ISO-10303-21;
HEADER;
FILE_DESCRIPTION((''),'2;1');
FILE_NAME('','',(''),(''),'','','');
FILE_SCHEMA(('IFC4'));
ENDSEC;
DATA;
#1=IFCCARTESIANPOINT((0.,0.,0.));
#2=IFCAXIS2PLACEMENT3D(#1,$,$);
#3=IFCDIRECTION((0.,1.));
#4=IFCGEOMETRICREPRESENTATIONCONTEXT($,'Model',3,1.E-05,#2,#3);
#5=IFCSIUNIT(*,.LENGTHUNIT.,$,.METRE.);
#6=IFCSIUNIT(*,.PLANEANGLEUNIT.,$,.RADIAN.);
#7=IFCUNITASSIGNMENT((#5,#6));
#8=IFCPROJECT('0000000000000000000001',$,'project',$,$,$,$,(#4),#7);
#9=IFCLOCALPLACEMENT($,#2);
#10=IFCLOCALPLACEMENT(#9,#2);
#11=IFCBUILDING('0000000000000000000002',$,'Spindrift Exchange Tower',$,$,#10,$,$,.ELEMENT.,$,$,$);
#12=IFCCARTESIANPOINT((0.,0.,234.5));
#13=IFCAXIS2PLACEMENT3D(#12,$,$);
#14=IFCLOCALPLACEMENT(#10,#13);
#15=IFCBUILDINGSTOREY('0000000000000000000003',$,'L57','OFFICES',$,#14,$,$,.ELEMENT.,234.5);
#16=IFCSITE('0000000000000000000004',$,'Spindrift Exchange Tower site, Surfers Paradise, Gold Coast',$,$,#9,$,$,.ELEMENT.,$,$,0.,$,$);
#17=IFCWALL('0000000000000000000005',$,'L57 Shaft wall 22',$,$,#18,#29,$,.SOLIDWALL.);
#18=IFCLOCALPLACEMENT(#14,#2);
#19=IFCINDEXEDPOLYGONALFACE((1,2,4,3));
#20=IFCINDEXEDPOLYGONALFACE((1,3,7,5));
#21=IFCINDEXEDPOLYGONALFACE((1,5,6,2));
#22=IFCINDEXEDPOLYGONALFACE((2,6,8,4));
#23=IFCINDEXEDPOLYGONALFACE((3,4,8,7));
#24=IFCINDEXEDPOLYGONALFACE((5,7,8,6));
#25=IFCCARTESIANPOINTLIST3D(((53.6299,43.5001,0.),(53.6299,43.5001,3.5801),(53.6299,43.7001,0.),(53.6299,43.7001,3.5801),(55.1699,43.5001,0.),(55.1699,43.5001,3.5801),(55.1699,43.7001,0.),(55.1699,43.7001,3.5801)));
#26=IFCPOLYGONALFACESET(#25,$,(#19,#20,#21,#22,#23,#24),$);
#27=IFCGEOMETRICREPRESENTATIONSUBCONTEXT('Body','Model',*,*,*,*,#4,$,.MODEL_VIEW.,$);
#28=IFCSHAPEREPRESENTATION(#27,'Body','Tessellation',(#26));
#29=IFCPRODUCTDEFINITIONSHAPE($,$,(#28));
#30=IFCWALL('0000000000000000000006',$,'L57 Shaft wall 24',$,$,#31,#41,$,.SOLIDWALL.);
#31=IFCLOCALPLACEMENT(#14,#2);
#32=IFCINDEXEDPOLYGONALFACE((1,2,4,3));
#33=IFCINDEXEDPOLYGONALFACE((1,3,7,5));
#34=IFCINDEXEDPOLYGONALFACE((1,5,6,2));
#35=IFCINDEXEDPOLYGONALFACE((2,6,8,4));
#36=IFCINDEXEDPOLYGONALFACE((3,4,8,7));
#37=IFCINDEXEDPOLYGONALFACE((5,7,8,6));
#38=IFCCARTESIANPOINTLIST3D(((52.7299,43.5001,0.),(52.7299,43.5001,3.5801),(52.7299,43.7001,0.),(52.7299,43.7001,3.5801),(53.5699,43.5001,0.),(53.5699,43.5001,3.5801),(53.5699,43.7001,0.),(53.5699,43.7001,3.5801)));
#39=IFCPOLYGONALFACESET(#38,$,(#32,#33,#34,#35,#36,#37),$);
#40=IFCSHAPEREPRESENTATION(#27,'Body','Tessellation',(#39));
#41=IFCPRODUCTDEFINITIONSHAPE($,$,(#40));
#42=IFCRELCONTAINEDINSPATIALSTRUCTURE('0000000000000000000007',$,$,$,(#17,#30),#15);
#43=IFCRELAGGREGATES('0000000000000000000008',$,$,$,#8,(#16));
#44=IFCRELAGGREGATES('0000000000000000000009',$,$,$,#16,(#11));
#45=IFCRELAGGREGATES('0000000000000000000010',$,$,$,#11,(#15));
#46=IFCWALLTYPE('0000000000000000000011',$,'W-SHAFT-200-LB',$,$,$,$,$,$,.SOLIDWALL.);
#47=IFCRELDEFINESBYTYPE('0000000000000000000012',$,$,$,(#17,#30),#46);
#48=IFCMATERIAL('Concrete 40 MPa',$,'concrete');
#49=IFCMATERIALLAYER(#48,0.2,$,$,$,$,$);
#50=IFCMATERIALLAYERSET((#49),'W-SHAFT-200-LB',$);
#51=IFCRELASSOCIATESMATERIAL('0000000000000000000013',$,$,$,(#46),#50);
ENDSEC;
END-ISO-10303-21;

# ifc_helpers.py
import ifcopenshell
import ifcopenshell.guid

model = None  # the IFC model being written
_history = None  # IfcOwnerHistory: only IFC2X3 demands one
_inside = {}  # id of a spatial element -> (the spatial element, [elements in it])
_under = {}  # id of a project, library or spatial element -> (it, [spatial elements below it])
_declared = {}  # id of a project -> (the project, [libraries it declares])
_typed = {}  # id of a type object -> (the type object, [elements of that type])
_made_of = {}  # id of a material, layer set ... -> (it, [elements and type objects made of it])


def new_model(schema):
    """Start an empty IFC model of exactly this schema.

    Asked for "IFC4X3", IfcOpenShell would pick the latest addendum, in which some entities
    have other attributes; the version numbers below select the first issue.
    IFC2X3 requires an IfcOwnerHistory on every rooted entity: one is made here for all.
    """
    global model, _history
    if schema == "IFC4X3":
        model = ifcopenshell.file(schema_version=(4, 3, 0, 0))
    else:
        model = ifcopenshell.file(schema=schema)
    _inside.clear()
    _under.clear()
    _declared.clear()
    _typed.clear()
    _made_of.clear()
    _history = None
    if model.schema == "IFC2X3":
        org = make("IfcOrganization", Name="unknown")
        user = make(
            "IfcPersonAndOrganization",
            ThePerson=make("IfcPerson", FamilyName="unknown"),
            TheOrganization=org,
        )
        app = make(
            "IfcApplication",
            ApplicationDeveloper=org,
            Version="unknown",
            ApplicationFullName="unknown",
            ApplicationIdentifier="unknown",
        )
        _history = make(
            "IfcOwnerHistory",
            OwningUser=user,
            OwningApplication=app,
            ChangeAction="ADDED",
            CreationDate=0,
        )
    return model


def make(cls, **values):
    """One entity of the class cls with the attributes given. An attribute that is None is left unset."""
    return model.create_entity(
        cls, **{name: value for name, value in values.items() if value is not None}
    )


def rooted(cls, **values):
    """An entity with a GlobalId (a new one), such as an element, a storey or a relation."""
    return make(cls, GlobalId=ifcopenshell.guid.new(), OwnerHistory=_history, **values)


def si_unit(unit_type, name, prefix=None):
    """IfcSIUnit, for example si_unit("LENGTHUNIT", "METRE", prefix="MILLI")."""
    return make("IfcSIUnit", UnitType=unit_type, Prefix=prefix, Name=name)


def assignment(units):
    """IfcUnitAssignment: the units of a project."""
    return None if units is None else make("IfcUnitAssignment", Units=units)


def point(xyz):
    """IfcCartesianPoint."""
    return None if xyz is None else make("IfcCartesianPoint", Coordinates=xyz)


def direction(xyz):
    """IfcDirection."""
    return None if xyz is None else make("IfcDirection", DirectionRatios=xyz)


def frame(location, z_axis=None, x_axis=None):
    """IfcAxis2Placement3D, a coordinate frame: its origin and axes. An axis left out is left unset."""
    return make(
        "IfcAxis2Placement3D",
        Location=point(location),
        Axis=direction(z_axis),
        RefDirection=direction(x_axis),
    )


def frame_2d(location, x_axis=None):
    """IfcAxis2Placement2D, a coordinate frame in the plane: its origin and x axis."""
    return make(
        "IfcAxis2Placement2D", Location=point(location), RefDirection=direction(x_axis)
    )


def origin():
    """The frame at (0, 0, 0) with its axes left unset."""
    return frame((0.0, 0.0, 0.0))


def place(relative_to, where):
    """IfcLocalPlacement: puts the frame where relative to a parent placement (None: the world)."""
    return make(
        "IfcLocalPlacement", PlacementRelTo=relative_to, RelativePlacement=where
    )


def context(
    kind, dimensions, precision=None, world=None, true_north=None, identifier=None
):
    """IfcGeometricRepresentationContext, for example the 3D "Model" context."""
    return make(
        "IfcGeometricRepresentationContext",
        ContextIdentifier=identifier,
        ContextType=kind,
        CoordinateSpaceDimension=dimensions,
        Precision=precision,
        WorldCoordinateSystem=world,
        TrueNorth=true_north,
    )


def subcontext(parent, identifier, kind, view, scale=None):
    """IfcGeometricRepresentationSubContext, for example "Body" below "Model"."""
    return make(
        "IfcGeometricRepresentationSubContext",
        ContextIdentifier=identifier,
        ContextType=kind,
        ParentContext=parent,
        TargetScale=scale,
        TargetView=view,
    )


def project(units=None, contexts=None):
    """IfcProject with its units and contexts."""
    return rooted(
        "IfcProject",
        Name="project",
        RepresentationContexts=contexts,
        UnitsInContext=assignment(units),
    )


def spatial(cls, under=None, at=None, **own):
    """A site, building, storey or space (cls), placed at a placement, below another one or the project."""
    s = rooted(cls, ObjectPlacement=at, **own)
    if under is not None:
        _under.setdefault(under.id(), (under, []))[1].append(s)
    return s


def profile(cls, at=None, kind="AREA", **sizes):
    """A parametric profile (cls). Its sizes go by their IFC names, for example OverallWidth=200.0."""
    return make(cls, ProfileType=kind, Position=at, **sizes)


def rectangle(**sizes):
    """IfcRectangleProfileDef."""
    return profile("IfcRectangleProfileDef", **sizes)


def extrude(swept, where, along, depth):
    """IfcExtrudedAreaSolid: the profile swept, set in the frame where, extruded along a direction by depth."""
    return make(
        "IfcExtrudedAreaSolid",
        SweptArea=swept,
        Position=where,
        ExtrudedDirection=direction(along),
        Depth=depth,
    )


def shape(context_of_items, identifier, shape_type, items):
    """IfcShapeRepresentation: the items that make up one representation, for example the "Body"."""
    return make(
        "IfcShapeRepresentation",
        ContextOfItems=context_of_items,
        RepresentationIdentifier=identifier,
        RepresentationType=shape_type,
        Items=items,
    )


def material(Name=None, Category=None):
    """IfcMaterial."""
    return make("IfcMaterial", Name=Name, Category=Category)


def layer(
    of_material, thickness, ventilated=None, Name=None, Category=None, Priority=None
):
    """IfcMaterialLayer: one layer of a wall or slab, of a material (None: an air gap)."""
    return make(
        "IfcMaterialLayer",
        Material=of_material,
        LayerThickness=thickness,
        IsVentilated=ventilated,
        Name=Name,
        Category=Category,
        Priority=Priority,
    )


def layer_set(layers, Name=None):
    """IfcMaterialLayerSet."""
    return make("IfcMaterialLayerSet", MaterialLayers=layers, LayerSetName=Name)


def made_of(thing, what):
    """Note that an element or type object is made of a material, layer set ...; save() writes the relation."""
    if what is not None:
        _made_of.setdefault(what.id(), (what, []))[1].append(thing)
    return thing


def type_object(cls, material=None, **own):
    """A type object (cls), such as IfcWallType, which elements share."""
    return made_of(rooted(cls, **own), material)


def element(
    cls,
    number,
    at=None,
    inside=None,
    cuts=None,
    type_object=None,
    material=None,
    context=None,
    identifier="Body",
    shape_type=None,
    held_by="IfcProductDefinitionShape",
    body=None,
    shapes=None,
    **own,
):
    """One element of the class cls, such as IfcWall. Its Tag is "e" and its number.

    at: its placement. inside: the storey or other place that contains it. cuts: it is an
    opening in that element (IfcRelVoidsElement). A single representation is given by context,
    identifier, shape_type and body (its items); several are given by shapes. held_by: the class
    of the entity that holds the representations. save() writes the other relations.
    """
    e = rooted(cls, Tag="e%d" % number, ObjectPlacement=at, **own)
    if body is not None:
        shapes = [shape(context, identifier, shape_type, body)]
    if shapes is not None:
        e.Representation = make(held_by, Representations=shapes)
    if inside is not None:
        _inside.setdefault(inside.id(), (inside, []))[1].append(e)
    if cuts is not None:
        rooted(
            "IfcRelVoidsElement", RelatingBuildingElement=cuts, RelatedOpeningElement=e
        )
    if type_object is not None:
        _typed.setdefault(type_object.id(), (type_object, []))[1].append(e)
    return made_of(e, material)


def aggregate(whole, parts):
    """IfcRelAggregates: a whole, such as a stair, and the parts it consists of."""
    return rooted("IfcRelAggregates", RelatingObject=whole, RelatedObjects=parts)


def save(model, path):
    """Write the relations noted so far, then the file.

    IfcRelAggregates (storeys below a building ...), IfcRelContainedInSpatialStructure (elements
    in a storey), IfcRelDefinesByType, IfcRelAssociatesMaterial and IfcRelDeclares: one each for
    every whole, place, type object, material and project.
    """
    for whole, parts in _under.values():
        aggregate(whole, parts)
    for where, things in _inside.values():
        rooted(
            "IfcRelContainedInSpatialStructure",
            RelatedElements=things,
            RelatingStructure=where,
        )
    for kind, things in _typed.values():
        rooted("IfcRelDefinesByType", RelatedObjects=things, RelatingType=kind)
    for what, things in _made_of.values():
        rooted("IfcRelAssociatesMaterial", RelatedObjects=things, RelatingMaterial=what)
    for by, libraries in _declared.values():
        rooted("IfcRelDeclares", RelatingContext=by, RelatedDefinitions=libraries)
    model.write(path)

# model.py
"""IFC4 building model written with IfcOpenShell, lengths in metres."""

from ifc_helpers import new_model, si_unit, direction, frame, frame_2d, origin, place, context, subcontext, project, spatial, rectangle, extrude, material, layer, layer_set, type_object, element, save


model = new_model("IFC4")

# Units and contexts
model_context = context("Model", 3, precision=1e-05, world=origin(), true_north=direction((0.0, 1.0)))
body_context = subcontext(model_context, "Body", "Model", "MODEL_VIEW")
ifc_project = project(units=[si_unit("LENGTHUNIT", "METRE"), si_unit("PLANEANGLEUNIT", "RADIAN")], contexts=[model_context])

# Site, building, storey
site_placement = place(None, origin())
site = spatial("IfcSite", under=ifc_project, at=site_placement, Name="Spindrift Exchange Tower site, Surfers Paradise, Gold Coast", CompositionType="ELEMENT", RefElevation=0.0)
building_placement = place(site_placement, origin())
building = spatial("IfcBuilding", under=site, at=building_placement, Name="Spindrift Exchange Tower", CompositionType="ELEMENT")
storey_placement = place(building_placement, frame((0.0, 0.0, 234.5)))
storey = spatial("IfcBuildingStorey", under=building, at=storey_placement, Name="L57", Description="OFFICES", CompositionType="ELEMENT", Elevation=234.5)

# Shared definitions
ifc_material_1 = material(Name="Concrete 40 MPa", Category="concrete")

# Shared definitions
ifc_layer_1 = layer(ifc_material_1, 0.2)
ifc_layer_set_1 = layer_set([ifc_layer_1], Name="W-SHAFT-200-LB")
wall_type_1 = type_object("IfcWallType", Name="W-SHAFT-200-LB", PredefinedType="SOLIDWALL", material=ifc_layer_set_1)

# Walls
wall_1_placement = place(storey_placement, frame((53.6299, 43.6001, 0.0), z_axis=(0.0, 0.0, 1.0), x_axis=(1.0, 0.0, 0.0)))
element("IfcWall", 1, at=wall_1_placement, inside=storey, type_object=wall_type_1, Name="L57 Shaft wall 22", PredefinedType="SOLIDWALL", context=body_context, shape_type="SweptSolid", body=[
    extrude(rectangle(XDim=1.54, YDim=0.2, at=frame_2d((0.77, 0.0))), origin(), (0.0, 0.0, 1.0), 3.5801),
])
wall_2_placement = place(storey_placement, frame((52.73, 43.6001, 0.0), z_axis=(0.0, 0.0, 1.0), x_axis=(1.0, 0.0, 0.0)))
element("IfcWall", 2, at=wall_2_placement, inside=storey, type_object=wall_type_1, Name="L57 Shaft wall 24", PredefinedType="SOLIDWALL", context=body_context, shape_type="SweptSolid", body=[
    extrude(rectangle(XDim=0.8401, YDim=0.2, at=frame_2d((0.4199, 0.0))), origin(), (0.0, 0.0, 1.0), 3.5801),
])

save(model, "model.ifc")
